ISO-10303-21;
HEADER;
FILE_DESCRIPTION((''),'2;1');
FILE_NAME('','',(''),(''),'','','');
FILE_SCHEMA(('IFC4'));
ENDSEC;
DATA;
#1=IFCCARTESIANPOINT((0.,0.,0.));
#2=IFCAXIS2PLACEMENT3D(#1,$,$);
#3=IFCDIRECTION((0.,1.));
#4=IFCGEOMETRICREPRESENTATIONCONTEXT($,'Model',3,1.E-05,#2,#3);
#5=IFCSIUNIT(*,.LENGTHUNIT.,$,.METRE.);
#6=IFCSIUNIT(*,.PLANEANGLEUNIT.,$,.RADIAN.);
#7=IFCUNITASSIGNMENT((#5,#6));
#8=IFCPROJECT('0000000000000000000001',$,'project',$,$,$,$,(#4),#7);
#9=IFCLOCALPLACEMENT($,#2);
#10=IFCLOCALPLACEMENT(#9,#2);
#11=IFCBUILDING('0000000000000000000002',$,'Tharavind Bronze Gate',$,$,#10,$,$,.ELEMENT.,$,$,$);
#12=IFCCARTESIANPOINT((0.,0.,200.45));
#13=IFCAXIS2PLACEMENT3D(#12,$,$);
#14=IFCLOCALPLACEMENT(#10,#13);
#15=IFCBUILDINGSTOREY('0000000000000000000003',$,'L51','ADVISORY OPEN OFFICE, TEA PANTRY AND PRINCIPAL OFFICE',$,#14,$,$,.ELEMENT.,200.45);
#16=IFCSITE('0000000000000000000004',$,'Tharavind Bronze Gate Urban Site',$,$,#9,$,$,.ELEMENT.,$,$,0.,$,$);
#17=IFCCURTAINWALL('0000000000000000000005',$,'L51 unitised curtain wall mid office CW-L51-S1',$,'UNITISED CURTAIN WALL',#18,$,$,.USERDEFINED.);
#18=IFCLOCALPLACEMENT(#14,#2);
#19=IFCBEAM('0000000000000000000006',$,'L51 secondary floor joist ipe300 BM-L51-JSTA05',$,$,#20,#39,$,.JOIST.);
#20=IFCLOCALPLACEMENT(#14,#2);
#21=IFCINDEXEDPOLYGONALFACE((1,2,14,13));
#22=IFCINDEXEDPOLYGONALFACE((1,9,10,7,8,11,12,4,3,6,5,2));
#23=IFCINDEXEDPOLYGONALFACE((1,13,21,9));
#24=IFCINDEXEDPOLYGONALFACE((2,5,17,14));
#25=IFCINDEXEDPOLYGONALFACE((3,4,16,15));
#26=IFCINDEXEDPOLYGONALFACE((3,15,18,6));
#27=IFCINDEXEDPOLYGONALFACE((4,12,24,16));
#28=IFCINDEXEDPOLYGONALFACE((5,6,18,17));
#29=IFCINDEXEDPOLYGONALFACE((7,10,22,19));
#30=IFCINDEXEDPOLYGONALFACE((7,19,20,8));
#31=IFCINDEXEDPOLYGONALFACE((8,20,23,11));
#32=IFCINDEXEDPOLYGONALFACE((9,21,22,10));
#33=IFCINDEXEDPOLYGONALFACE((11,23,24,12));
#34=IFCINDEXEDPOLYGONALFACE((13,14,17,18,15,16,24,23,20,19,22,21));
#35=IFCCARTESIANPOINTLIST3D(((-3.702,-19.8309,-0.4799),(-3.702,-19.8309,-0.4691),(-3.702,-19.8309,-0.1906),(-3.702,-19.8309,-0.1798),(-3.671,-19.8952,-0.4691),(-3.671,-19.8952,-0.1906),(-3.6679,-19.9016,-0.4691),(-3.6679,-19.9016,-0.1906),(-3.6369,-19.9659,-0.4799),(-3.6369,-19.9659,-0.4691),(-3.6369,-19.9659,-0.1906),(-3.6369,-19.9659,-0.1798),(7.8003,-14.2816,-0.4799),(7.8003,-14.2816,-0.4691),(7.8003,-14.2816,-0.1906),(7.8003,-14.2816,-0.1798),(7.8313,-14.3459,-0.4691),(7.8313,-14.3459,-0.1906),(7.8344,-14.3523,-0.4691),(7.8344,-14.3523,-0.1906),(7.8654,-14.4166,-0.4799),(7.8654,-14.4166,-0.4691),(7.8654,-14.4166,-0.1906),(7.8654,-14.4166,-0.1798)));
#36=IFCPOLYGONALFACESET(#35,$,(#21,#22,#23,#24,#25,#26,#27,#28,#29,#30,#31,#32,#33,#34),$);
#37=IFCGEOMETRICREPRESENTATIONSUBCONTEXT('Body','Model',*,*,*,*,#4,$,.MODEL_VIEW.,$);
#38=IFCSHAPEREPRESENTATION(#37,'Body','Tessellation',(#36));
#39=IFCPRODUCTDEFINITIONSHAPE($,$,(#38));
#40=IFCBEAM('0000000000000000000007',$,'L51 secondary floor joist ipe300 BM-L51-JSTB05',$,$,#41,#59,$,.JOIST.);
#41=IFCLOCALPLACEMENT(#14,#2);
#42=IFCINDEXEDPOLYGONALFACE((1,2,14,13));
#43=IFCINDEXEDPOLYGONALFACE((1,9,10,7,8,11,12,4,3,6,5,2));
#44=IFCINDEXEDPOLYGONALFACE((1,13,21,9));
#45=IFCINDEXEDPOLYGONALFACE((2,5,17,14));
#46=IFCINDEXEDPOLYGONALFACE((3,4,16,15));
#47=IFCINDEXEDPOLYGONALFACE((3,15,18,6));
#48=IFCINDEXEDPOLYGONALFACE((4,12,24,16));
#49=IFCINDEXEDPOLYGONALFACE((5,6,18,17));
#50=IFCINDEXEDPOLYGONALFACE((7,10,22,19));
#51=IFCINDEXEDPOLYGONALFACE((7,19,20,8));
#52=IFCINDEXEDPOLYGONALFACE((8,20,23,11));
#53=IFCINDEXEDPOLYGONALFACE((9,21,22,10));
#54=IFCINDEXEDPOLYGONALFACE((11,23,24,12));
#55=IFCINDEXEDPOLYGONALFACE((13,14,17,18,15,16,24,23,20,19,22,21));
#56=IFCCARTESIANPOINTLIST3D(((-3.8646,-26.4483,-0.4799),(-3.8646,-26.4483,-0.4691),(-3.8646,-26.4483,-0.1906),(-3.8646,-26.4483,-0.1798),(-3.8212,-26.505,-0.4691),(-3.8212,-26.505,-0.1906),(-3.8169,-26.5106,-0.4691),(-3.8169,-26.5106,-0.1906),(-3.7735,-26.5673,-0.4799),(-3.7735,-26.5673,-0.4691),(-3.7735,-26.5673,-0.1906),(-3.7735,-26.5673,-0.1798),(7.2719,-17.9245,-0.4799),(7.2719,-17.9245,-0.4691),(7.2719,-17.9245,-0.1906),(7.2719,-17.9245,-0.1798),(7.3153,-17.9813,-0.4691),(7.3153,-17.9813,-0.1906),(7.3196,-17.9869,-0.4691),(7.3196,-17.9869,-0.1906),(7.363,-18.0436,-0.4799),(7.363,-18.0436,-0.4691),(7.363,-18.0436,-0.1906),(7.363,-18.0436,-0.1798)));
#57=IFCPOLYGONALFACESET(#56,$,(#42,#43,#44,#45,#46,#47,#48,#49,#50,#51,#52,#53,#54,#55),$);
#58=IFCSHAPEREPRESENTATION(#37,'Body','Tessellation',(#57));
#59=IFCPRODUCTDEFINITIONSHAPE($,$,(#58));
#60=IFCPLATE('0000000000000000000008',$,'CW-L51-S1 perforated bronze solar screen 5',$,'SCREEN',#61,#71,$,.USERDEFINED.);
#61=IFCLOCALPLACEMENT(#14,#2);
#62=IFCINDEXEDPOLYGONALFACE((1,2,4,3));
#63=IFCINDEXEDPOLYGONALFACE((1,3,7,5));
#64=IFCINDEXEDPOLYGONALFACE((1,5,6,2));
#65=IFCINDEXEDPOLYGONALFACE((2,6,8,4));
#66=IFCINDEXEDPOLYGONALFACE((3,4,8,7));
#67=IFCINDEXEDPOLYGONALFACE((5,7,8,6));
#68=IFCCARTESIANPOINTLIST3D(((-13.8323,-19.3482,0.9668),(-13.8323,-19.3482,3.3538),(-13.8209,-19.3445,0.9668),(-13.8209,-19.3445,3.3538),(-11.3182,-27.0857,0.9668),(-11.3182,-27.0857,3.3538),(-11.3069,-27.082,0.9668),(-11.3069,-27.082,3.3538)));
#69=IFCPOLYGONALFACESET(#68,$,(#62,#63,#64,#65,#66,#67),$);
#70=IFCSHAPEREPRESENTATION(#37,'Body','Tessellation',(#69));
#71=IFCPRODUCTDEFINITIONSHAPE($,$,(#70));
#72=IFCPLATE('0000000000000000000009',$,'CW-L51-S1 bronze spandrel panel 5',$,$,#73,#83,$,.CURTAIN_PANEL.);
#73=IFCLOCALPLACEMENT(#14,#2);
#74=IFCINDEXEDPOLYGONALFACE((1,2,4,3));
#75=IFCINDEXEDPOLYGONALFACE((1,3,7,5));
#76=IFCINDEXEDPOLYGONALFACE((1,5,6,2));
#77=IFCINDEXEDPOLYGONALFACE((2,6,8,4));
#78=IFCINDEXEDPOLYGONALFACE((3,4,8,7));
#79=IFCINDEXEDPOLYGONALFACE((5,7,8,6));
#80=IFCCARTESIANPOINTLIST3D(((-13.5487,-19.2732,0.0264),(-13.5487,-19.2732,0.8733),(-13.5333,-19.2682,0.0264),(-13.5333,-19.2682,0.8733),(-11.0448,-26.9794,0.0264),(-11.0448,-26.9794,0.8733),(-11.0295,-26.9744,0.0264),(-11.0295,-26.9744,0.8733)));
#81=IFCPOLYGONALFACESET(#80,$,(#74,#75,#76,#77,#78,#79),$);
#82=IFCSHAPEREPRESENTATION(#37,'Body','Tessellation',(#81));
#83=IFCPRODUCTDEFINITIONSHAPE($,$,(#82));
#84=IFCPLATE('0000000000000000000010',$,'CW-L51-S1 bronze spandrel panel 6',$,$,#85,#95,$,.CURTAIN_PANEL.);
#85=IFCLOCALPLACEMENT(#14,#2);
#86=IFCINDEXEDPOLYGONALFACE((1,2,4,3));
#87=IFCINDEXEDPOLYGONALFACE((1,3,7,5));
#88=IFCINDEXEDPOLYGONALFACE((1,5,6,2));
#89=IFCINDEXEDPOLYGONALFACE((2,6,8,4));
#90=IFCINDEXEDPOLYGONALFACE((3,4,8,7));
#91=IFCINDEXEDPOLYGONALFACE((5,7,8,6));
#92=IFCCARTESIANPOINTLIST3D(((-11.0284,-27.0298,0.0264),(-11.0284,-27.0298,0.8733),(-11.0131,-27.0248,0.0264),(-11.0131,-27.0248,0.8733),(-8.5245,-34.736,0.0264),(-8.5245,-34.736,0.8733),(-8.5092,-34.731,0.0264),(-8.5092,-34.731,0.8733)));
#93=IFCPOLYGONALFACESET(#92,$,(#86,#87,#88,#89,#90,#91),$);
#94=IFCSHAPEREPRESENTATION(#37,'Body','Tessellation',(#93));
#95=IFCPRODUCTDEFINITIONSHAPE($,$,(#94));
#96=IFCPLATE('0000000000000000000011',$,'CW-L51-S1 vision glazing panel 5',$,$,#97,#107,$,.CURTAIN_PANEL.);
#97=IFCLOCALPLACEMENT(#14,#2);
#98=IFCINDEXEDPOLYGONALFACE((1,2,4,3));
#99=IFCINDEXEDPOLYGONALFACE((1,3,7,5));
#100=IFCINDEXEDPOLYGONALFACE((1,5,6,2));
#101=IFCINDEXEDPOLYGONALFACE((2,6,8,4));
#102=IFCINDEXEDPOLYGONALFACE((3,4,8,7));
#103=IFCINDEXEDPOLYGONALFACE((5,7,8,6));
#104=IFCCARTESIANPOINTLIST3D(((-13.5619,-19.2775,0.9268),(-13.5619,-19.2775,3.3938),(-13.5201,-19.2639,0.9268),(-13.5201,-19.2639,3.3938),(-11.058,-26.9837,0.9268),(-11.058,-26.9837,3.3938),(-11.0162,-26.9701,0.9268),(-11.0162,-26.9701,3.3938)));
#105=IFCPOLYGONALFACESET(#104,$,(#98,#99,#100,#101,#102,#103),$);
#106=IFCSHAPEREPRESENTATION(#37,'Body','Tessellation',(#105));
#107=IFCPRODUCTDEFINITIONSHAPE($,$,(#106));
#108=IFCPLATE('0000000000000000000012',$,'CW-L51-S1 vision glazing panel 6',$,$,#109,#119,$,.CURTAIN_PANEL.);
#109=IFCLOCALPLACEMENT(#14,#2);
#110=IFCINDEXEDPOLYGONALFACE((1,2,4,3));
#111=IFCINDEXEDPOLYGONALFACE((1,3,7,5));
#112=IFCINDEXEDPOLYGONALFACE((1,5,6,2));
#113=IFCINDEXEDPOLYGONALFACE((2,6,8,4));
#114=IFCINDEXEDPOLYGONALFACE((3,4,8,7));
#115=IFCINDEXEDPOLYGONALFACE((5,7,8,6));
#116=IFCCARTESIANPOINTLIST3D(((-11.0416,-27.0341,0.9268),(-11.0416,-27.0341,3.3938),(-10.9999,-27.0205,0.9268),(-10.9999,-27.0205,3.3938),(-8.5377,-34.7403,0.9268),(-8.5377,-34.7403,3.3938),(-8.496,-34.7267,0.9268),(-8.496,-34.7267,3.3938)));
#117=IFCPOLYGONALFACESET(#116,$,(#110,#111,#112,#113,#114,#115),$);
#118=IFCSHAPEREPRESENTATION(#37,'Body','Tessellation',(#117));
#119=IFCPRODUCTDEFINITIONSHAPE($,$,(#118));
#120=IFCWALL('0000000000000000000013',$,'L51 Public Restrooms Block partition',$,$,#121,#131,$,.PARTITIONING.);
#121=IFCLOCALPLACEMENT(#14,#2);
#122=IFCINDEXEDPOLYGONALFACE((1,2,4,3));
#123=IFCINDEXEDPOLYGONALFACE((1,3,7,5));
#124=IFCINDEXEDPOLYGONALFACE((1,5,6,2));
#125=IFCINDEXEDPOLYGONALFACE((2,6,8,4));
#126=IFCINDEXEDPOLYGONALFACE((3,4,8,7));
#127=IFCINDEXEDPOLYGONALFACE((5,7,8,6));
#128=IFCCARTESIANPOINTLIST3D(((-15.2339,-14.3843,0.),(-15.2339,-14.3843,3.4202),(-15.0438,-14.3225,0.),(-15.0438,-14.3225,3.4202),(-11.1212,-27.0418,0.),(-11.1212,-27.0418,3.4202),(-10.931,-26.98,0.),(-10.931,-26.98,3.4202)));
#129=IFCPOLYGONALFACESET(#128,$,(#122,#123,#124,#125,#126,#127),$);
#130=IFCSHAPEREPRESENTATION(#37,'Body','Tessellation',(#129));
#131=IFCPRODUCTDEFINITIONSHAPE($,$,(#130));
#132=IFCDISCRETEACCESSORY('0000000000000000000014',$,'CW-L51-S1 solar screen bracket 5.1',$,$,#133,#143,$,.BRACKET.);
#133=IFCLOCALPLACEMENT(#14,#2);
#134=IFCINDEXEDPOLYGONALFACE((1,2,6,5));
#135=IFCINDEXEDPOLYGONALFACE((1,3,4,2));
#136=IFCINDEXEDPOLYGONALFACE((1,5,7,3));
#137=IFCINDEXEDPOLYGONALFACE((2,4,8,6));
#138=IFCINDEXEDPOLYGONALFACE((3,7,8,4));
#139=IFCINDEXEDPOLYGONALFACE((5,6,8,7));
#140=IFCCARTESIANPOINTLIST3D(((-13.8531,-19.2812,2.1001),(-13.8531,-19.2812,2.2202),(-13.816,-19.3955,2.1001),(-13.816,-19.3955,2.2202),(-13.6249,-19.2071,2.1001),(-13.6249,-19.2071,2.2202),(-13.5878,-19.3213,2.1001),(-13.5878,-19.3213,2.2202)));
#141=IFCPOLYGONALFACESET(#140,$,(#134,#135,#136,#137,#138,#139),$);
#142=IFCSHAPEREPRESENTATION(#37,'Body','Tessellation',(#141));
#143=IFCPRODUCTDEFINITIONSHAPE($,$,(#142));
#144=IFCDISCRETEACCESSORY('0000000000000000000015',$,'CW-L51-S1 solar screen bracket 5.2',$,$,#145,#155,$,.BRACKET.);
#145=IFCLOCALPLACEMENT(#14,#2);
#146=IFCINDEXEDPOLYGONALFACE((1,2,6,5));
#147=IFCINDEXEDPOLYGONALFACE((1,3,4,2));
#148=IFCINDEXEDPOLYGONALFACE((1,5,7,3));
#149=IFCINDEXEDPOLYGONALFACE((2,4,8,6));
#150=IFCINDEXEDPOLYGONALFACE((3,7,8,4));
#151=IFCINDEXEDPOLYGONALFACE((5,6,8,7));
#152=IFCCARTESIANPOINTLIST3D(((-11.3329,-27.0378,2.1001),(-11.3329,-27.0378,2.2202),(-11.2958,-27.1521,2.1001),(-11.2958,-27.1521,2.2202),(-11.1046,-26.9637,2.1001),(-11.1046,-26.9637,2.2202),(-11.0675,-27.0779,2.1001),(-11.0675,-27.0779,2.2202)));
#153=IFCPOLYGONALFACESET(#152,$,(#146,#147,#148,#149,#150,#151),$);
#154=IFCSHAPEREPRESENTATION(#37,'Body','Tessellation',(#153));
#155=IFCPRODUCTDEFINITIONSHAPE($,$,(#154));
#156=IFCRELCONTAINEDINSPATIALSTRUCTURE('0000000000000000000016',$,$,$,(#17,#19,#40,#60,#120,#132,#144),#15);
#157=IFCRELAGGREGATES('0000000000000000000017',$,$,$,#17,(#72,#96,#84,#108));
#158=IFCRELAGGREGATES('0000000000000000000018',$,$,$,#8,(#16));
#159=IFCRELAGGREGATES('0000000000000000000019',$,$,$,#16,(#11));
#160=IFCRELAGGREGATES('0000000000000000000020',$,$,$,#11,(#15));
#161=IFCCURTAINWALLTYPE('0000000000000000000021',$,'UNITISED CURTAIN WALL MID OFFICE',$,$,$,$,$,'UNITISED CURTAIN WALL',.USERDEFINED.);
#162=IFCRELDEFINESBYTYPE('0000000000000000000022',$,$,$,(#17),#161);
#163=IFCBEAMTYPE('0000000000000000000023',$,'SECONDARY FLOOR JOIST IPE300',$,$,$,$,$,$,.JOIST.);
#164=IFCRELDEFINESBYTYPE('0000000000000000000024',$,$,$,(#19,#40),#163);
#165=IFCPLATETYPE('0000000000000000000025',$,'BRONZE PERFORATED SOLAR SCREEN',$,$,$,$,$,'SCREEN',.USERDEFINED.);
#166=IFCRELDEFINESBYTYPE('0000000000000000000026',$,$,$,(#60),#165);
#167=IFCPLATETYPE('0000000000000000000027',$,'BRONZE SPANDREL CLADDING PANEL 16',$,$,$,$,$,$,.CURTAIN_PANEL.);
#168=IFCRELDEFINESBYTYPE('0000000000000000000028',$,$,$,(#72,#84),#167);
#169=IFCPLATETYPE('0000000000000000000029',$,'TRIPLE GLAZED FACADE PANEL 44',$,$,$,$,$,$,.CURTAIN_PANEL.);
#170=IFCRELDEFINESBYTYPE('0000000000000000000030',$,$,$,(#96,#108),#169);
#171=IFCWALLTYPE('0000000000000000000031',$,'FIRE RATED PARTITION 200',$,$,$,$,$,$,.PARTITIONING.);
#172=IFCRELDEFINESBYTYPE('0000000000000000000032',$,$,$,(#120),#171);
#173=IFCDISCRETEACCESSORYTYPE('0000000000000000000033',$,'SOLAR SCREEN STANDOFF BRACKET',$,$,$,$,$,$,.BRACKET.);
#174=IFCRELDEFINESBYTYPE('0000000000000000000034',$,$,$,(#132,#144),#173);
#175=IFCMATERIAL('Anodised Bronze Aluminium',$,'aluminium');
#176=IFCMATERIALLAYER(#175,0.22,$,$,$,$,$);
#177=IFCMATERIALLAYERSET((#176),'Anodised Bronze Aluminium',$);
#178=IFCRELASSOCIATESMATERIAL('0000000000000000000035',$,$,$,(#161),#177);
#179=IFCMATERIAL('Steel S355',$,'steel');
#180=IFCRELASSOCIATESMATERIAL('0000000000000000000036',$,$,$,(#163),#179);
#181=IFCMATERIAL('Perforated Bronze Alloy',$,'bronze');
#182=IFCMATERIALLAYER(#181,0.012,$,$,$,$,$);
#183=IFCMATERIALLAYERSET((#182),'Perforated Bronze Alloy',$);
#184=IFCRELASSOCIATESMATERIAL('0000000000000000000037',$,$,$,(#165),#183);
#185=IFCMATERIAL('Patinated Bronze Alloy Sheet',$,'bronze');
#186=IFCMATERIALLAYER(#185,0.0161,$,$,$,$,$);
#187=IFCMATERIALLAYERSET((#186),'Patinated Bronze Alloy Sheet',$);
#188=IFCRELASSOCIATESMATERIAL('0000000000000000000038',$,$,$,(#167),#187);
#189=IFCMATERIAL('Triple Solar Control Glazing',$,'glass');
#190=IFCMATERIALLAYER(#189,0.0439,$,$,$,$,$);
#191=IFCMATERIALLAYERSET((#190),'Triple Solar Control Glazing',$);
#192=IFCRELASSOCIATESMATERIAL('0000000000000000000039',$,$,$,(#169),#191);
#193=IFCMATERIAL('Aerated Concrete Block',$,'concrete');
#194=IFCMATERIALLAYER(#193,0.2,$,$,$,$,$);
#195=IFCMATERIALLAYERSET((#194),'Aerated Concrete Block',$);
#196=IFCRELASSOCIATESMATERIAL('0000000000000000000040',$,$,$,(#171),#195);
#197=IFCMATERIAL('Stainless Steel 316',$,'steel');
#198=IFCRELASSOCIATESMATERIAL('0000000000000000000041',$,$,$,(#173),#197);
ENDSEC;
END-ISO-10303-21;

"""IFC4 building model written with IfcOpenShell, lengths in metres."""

from ifc_helpers import new_model, si_unit, direction, frame, frame_2d, origin, origin_2d, place, context, subcontext, project, spatial, rectangle, i_section, extrude, material, layer, layer_set, material_profile, profile_set, type_object, element, aggregate, save


model = new_model("IFC4")

# Units and contexts
model_context = context("Model", 3, precision=1e-05, world=origin(), true_north=direction((0.0, 1.0)))
body_context = subcontext(model_context, "Body", "Model", "MODEL_VIEW")
ifc_project = project(units=[si_unit("LENGTHUNIT", "METRE"), si_unit("PLANEANGLEUNIT", "RADIAN")], contexts=[model_context])

# Site, building, storey
site_placement = place(None, origin())
site = spatial("IfcSite", under=ifc_project, at=site_placement, Name="Tharavind Bronze Gate Urban Site", CompositionType="ELEMENT", RefElevation=0.0)
building_placement = place(site_placement, origin())
building = spatial("IfcBuilding", under=site, at=building_placement, Name="Tharavind Bronze Gate", CompositionType="ELEMENT")
storey_placement = place(building_placement, frame((0.0, 0.0, 200.45)))
storey = spatial("IfcBuildingStorey", under=building, at=storey_placement, Name="L51", Description="ADVISORY OPEN OFFICE, TEA PANTRY AND PRINCIPAL OFFICE", CompositionType="ELEMENT", Elevation=200.45)

# Curtain wall
ifc_material_1 = material(Name="Anodised Bronze Aluminium", Category="aluminium")
ifc_layer_1 = layer(ifc_material_1, 0.22)
ifc_layer_set_1 = layer_set([ifc_layer_1], Name="Anodised Bronze Aluminium")
curtain_wall_type = type_object("IfcCurtainWallType", Name="UNITISED CURTAIN WALL MID OFFICE", ElementType="UNITISED CURTAIN WALL", PredefinedType="USERDEFINED", material=ifc_layer_set_1)
curtain_wall_placement = place(storey_placement, origin())
curtain_wall = element("IfcCurtainWall", 1, at=curtain_wall_placement, inside=storey, type_object=curtain_wall_type, Name="L51 unitised curtain wall mid office CW-L51-S1", ObjectType="UNITISED CURTAIN WALL", PredefinedType="USERDEFINED")

# Beams
ifc_material_2 = material(Name="Steel S355", Category="steel")
ifc_material_profile_1 = material_profile(ifc_material_2, i_section(OverallWidth=0.1499, OverallDepth=0.3, WebThickness=0.0071, FlangeThickness=0.0107, at=origin_2d()), Name="IPE300")
ifc_profile_set_1 = profile_set([ifc_material_profile_1], Name="Steel S355")
beam_type_1 = type_object("IfcBeamType", Name="SECONDARY FLOOR JOIST IPE300", PredefinedType="JOIST", material=ifc_profile_set_1)
beam_1_placement = place(storey_placement, frame((-3.6694, -19.8984, -0.3298), z_axis=(0.900658, 0.434529, 0.0), x_axis=(-0.434529, 0.900658, 0.0)))
element("IfcBeam", 2, at=beam_1_placement, inside=storey, type_object=beam_type_1, Name="L51 secondary floor joist ipe300 BM-L51-JSTA05", PredefinedType="JOIST", context=body_context, shape_type="SweptSolid", body=[
    extrude(i_section(OverallWidth=0.1499, OverallDepth=0.3, WebThickness=0.0071, FlangeThickness=0.0107, at=origin_2d()), origin(), (0.0, 0.0, 1.0), 12.771),
])
beam_2_placement = place(storey_placement, frame((-3.8191, -26.5078, -0.3298), z_axis=(0.794098, 0.60779, 0.0), x_axis=(-0.60779, 0.794098, 0.0)))
element("IfcBeam", 3, at=beam_2_placement, inside=storey, type_object=beam_type_1, Name="L51 secondary floor joist ipe300 BM-L51-JSTB05", PredefinedType="JOIST", context=body_context, shape_type="SweptSolid", body=[
    extrude(i_section(OverallWidth=0.1499, OverallDepth=0.3, WebThickness=0.0071, FlangeThickness=0.0107, at=origin_2d()), origin(), (0.0, 0.0, 1.0), 14.0242),
])

# Plates
ifc_material_3 = material(Name="Perforated Bronze Alloy", Category="bronze")
ifc_layer_2 = layer(ifc_material_3, 0.012)
ifc_layer_set_2 = layer_set([ifc_layer_2], Name="Perforated Bronze Alloy")
plate_type_1 = type_object("IfcPlateType", Name="BRONZE PERFORATED SOLAR SCREEN", ElementType="SCREEN", PredefinedType="USERDEFINED", material=ifc_layer_set_2)
plate_1_placement = place(storey_placement, frame((-12.5696, -23.2151, 0.9668), z_axis=(0.0, 0.0, 1.0), x_axis=(0.309017, -0.951057, 0.0)))
element("IfcPlate", 4, at=plate_1_placement, inside=storey, type_object=plate_type_1, Name="CW-L51-S1 perforated bronze solar screen 5", ObjectType="SCREEN", PredefinedType="USERDEFINED", context=body_context, shape_type="SweptSolid", body=[
    extrude(rectangle(XDim=8.1357, YDim=0.012, at=origin_2d()), origin(), (0.0, 0.0, 1.0), 2.387),
])
ifc_material_4 = material(Name="Patinated Bronze Alloy Sheet", Category="bronze")
ifc_layer_3 = layer(ifc_material_4, 0.0161)
ifc_layer_set_3 = layer_set([ifc_layer_3], Name="Patinated Bronze Alloy Sheet")
plate_type_2 = type_object("IfcPlateType", Name="BRONZE SPANDREL CLADDING PANEL 16", PredefinedType="CURTAIN_PANEL", material=ifc_layer_set_3)
plate_2_placement = place(storey_placement, frame((-12.2891, -23.1238, 0.0264), z_axis=(0.0, 0.0, 1.0), x_axis=(0.309017, -0.951057, 0.0)))
plate_2 = element("IfcPlate", 5, at=plate_2_placement, type_object=plate_type_2, Name="CW-L51-S1 bronze spandrel panel 5", PredefinedType="CURTAIN_PANEL", context=body_context, shape_type="SweptSolid", body=[
    extrude(rectangle(XDim=8.1028, YDim=0.0161, at=origin_2d()), origin(), (0.0, 0.0, 1.0), 0.8469),
])
plate_3_placement = place(storey_placement, frame((-9.7688, -30.8804, 0.0264), z_axis=(0.0, 0.0, 1.0), x_axis=(0.309017, -0.951057, 0.0)))
plate_3 = element("IfcPlate", 6, at=plate_3_placement, type_object=plate_type_2, Name="CW-L51-S1 bronze spandrel panel 6", PredefinedType="CURTAIN_PANEL", context=body_context, shape_type="SweptSolid", body=[
    extrude(rectangle(XDim=8.1028, YDim=0.0161, at=origin_2d()), origin(), (0.0, 0.0, 1.0), 0.8469),
])
ifc_material_5 = material(Name="Triple Solar Control Glazing", Category="glass")
ifc_layer_4 = layer(ifc_material_5, 0.0439)
ifc_layer_set_4 = layer_set([ifc_layer_4], Name="Triple Solar Control Glazing")
plate_type_3 = type_object("IfcPlateType", Name="TRIPLE GLAZED FACADE PANEL 44", PredefinedType="CURTAIN_PANEL", material=ifc_layer_set_4)
plate_4_placement = place(storey_placement, frame((-12.2891, -23.1238, 0.9268), z_axis=(0.0, 0.0, 1.0), x_axis=(0.309017, -0.951057, 0.0)))
plate_4 = element("IfcPlate", 7, at=plate_4_placement, type_object=plate_type_3, Name="CW-L51-S1 vision glazing panel 5", PredefinedType="CURTAIN_PANEL", context=body_context, shape_type="SweptSolid", body=[
    extrude(rectangle(XDim=8.1028, YDim=0.0439, at=origin_2d()), origin(), (0.0, 0.0, 1.0), 2.467),
])
plate_5_placement = place(storey_placement, frame((-9.7688, -30.8804, 0.9268), z_axis=(0.0, 0.0, 1.0), x_axis=(0.309017, -0.951057, 0.0)))
plate_5 = element("IfcPlate", 8, at=plate_5_placement, type_object=plate_type_3, Name="CW-L51-S1 vision glazing panel 6", PredefinedType="CURTAIN_PANEL", context=body_context, shape_type="SweptSolid", body=[
    extrude(rectangle(XDim=8.1028, YDim=0.0439, at=origin_2d()), origin(), (0.0, 0.0, 1.0), 2.467),
])
aggregate(curtain_wall, [plate_2, plate_4, plate_3, plate_5])

# Wall
ifc_material_6 = material(Name="Aerated Concrete Block", Category="concrete")
ifc_layer_5 = layer(ifc_material_6, 0.2)
ifc_layer_set_5 = layer_set([ifc_layer_5], Name="Aerated Concrete Block")
wall_type = type_object("IfcWallType", Name="FIRE RATED PARTITION 200", PredefinedType="PARTITIONING", material=ifc_layer_set_5)
wall_placement = place(storey_placement, frame((-11.0261, -27.0107, 0.0), z_axis=(0.0, 0.0, 1.0), x_axis=(-0.309026, 0.951054, 0.0)))
element("IfcWall", 9, at=wall_placement, inside=storey, type_object=wall_type, Name="L51 Public Restrooms Block partition", PredefinedType="PARTITIONING", context=body_context, shape_type="SweptSolid", body=[
    extrude(rectangle(XDim=13.3088, YDim=0.2, at=frame_2d((6.6543, 0.0))), origin(), (0.0, 0.0, 1.0), 3.4202),
])

# Discrete accessories
ifc_material_7 = material(Name="Stainless Steel 316", Category="steel")
discrete_accessory_type = type_object("IfcDiscreteAccessoryType", Name="SOLAR SCREEN STANDOFF BRACKET", PredefinedType="BRACKET", material=ifc_material_7)
for number, where, z_axis, x_axis, name in (
    (10, (-13.7205, -19.3013, 2.1001), (0.0, 0.0, 1.0), (0.309017, -0.951057, 0.0), "CW-L51-S1 solar screen bracket 5.1"),
    (11, (-11.2002, -27.0579, 2.1001), (0.0, 0.0, 1.0), (0.309017, -0.951057, 0.0), "CW-L51-S1 solar screen bracket 5.2"),
):
    element("IfcDiscreteAccessory", number, at=place(storey_placement, frame(where, z_axis=z_axis, x_axis=x_axis)), inside=storey, type_object=discrete_accessory_type, Name=name, PredefinedType="BRACKET", context=body_context, shape_type="SweptSolid", body=[
        extrude(rectangle(XDim=0.1201, YDim=0.24, at=origin_2d()), origin(), (0.0, 0.0, 1.0), 0.1201),
    ])

save(model, "model.ifc")
